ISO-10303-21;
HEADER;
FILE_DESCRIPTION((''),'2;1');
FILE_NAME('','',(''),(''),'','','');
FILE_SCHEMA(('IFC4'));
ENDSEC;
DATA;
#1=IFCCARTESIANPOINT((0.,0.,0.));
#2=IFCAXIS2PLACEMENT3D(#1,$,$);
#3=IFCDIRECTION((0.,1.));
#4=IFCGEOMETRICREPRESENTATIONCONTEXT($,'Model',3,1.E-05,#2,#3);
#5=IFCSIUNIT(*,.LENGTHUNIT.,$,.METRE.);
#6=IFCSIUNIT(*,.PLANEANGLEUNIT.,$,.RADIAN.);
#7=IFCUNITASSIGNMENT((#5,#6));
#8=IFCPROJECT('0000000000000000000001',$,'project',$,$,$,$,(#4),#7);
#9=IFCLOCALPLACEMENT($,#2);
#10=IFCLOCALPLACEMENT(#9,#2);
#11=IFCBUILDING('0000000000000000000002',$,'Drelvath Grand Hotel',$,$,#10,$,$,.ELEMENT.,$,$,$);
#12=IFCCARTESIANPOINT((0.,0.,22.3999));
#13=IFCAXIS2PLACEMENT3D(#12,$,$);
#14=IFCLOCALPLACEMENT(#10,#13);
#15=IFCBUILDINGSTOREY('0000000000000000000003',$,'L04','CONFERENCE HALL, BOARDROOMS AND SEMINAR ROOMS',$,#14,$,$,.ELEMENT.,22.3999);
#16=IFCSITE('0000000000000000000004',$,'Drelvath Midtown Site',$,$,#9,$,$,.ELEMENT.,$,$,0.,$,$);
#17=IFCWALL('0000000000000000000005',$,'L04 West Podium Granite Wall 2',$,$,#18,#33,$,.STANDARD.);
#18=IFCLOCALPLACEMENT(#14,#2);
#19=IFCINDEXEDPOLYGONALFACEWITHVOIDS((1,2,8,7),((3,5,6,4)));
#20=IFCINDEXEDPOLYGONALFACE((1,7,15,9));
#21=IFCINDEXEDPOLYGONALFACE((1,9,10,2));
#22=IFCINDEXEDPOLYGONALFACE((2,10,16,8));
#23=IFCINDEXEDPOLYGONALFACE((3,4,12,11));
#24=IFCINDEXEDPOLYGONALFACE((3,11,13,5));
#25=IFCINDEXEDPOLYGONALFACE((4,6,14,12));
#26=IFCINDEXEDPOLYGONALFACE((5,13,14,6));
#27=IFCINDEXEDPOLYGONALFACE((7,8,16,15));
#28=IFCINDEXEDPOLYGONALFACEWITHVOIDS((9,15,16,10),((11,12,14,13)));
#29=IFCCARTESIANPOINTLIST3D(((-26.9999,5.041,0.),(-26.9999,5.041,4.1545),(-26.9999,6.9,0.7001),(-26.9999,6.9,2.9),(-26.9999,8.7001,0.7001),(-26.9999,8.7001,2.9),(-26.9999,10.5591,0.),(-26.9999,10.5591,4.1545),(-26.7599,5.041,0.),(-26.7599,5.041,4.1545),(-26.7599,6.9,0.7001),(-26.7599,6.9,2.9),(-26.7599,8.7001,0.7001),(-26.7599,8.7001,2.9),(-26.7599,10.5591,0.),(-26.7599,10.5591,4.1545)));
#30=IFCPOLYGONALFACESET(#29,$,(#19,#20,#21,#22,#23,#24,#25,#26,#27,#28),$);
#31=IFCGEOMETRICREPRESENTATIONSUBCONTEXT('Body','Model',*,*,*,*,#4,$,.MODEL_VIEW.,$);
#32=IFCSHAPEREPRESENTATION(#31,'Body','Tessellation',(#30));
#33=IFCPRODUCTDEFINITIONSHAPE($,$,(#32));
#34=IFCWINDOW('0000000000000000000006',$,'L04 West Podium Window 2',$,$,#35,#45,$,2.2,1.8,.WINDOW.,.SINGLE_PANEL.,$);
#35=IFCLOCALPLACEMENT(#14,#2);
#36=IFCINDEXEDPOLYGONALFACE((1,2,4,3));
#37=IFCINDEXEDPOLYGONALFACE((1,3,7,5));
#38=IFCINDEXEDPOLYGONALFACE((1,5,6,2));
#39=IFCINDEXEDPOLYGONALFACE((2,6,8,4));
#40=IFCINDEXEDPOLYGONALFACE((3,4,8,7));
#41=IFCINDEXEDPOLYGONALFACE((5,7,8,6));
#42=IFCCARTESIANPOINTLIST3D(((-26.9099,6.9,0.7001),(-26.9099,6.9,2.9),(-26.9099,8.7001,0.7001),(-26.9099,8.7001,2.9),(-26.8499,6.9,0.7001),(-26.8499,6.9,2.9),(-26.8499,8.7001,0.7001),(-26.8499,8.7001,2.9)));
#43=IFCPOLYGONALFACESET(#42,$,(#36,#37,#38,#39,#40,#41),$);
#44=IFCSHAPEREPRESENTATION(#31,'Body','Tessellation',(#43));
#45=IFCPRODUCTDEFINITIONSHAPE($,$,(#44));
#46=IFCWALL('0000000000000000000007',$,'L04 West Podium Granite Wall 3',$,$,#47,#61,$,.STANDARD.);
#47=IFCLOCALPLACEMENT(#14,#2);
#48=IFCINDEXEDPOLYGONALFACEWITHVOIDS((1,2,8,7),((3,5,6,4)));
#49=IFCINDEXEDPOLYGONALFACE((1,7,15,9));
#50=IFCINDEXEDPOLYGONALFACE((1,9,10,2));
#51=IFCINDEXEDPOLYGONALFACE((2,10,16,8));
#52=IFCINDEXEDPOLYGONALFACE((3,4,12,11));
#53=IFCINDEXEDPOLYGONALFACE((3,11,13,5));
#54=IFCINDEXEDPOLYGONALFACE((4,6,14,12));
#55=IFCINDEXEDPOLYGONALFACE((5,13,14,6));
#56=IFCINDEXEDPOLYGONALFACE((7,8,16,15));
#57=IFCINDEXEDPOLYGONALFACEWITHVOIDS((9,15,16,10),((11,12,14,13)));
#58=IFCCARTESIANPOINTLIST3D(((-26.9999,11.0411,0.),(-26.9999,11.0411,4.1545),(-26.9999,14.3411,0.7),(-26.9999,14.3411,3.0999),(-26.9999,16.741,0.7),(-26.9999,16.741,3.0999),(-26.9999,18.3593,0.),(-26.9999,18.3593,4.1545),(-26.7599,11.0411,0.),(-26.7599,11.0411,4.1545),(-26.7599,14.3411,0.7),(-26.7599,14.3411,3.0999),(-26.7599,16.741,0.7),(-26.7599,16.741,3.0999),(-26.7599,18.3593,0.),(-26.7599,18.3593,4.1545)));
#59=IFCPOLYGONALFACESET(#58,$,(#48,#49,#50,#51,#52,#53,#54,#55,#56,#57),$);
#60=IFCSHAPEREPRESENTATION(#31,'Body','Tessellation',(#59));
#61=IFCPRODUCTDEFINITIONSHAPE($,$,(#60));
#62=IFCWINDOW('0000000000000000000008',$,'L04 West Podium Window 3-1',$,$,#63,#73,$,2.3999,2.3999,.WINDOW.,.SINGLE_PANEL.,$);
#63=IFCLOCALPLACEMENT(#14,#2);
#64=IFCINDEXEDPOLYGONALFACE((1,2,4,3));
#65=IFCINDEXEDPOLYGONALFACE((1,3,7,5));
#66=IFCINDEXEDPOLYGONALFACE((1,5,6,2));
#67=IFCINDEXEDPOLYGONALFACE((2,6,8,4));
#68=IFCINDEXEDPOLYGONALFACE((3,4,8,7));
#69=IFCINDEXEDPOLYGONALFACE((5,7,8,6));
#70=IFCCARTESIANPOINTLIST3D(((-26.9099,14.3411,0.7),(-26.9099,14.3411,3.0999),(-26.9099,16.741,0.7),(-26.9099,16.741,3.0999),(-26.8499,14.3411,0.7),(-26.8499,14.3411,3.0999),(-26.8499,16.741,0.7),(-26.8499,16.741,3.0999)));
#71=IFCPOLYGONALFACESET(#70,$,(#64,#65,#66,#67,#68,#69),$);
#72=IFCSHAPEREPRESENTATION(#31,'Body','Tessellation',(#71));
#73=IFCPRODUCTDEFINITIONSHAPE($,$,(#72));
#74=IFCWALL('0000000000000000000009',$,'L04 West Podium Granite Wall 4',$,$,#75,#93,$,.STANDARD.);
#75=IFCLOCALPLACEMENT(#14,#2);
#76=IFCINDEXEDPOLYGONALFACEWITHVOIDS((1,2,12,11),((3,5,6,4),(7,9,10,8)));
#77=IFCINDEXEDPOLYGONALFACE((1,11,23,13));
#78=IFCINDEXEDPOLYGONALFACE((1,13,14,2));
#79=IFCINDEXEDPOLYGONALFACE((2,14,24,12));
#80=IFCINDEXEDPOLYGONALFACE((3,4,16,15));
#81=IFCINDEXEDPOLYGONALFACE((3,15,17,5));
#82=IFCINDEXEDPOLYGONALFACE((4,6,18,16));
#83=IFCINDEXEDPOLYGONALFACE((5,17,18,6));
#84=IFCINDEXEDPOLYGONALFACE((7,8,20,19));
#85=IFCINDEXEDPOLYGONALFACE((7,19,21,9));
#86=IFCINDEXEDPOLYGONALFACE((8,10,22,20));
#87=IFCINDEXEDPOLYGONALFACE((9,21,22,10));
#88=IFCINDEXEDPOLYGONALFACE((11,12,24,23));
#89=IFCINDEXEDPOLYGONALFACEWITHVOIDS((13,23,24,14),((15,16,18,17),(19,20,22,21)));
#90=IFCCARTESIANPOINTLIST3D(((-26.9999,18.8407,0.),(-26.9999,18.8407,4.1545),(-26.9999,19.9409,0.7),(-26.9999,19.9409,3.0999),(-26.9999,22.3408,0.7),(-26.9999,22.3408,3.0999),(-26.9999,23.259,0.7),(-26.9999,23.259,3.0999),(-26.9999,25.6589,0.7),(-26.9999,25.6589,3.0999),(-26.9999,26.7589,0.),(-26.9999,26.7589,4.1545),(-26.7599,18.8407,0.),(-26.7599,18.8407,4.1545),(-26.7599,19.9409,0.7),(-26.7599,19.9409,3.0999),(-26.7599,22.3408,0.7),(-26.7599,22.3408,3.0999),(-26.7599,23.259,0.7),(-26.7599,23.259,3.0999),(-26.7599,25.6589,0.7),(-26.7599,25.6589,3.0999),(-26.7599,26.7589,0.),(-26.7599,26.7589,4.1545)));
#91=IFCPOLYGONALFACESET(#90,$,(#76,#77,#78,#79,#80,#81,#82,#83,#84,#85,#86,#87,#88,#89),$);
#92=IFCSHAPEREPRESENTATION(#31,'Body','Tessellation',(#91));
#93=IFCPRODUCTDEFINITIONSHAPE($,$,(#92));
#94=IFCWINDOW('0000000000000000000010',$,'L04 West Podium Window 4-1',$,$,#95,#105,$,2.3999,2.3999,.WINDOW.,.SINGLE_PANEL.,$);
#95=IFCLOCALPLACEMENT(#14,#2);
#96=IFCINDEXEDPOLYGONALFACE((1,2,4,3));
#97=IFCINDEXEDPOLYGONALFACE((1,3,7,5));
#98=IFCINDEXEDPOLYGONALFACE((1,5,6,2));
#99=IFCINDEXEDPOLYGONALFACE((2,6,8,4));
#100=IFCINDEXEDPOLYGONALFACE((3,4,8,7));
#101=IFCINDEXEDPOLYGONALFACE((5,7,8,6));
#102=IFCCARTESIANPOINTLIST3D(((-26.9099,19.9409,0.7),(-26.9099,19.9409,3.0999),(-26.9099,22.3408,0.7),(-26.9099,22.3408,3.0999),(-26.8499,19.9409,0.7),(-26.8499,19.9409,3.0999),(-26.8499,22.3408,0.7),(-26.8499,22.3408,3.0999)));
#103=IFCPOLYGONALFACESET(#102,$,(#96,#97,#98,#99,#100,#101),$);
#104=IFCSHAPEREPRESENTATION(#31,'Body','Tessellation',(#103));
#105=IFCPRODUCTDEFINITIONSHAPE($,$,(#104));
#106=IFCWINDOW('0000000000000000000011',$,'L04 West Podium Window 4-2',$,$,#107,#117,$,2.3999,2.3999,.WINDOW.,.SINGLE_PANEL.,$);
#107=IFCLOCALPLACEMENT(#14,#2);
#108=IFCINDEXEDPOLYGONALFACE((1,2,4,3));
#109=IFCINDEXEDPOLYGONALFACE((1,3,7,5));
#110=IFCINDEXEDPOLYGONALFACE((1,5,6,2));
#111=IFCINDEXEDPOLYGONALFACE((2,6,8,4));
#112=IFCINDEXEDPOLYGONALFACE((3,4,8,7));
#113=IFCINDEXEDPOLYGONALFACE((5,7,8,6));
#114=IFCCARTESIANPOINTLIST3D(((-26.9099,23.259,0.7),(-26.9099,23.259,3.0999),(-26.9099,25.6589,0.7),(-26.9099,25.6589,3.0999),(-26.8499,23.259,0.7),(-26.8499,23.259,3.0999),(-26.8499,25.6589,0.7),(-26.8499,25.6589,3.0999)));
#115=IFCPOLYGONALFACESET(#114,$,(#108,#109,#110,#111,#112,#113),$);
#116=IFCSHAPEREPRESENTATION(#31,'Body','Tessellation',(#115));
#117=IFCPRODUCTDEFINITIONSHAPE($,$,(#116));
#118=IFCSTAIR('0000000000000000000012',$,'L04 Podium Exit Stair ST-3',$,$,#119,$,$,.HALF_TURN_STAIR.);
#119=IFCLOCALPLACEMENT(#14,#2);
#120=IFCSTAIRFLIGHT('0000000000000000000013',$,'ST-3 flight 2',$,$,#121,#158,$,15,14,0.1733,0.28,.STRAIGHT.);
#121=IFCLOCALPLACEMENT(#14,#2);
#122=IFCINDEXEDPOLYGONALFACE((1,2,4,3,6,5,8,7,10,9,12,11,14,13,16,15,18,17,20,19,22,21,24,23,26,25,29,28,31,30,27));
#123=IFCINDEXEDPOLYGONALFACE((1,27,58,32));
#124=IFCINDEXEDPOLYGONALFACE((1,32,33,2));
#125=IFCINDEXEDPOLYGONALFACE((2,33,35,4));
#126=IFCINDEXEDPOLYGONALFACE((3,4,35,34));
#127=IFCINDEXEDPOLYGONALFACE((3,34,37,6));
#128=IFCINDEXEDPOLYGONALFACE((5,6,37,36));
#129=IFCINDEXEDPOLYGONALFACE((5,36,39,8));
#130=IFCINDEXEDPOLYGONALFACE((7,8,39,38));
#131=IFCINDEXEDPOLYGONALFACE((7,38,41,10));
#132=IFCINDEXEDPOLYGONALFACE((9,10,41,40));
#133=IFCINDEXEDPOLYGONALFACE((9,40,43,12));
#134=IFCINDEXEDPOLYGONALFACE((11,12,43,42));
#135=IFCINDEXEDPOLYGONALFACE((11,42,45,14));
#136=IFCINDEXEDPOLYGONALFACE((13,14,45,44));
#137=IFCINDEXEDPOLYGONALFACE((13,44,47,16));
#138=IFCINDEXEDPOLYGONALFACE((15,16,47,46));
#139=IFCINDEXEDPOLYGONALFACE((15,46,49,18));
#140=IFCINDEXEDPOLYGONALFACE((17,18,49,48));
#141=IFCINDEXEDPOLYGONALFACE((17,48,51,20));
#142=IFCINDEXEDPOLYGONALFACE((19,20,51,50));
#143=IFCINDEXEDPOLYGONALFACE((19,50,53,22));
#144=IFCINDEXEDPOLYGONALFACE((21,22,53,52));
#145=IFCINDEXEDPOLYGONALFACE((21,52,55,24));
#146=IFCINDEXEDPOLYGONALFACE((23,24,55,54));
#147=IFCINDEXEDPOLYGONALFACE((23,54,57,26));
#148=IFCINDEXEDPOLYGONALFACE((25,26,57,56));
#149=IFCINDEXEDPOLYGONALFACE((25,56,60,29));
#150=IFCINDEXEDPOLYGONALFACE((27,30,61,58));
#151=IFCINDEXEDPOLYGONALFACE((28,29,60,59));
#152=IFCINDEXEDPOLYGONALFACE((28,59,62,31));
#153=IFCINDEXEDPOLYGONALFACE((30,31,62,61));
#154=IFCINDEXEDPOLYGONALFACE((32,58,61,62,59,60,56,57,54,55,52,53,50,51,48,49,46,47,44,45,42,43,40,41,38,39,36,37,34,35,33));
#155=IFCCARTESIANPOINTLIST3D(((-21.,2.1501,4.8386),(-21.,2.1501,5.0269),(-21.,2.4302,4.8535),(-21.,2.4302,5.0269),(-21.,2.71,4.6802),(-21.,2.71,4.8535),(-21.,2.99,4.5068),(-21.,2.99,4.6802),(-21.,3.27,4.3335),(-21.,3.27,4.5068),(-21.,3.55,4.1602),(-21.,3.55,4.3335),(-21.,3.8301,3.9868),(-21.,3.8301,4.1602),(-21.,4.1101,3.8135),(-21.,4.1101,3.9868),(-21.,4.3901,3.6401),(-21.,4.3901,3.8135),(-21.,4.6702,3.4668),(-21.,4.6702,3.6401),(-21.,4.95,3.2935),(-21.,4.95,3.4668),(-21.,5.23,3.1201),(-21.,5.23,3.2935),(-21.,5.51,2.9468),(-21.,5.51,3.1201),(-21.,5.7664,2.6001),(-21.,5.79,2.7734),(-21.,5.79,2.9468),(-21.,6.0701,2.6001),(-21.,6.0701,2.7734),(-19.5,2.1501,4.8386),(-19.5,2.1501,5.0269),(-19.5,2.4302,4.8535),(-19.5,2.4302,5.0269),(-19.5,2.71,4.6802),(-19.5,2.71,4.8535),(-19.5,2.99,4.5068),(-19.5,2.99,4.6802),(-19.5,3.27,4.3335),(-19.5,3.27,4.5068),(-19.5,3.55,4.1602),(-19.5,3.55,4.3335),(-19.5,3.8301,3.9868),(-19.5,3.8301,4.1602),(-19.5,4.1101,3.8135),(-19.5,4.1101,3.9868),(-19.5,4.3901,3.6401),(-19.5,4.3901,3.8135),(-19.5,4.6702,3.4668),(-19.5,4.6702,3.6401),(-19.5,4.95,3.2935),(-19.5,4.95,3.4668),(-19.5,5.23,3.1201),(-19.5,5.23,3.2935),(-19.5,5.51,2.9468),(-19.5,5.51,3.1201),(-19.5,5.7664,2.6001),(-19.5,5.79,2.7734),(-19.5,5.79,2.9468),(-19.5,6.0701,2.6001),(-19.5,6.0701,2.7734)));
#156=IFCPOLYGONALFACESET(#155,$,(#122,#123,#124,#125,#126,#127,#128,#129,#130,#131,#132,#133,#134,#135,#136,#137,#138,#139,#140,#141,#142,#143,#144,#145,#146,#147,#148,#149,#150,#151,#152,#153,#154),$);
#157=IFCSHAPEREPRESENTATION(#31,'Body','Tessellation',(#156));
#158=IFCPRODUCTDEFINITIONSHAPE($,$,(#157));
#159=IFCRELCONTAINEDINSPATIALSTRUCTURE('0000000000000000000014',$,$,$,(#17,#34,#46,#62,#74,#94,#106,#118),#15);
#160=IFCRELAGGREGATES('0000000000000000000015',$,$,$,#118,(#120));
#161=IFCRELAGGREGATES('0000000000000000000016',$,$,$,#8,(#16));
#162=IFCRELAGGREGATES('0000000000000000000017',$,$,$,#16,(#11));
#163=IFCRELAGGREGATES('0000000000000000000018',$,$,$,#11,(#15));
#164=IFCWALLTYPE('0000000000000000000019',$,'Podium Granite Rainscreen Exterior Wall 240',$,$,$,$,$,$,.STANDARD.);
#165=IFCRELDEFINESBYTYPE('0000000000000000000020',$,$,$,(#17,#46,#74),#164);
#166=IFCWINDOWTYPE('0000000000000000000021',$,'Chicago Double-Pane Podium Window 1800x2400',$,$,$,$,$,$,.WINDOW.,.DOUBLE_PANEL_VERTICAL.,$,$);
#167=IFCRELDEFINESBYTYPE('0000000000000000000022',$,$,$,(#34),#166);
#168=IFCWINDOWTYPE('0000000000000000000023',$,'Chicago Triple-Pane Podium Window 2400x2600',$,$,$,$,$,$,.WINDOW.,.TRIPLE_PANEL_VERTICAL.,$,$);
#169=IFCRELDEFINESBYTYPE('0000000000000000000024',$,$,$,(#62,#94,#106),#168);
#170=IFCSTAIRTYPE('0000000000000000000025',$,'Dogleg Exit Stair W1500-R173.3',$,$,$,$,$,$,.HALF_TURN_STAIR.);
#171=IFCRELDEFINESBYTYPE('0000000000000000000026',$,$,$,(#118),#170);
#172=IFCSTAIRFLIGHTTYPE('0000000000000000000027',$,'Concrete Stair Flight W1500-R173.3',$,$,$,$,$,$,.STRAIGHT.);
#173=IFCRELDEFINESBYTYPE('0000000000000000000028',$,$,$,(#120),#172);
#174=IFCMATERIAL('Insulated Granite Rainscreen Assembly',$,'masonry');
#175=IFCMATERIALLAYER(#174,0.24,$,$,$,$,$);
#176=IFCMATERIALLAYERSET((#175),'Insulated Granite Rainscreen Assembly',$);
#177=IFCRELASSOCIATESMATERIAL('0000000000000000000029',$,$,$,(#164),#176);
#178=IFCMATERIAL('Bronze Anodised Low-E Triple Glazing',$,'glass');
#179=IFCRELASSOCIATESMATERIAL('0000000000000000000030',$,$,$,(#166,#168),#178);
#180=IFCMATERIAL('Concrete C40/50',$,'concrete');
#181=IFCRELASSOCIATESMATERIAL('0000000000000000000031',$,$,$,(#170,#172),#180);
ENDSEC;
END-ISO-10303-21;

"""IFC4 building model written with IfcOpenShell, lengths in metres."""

from ifc_helpers import new_model, si_unit, direction, frame, frame_2d, origin, place, context, subcontext, project, spatial, polyline, rectangle, outline, extrude, material, layer, layer_set, type_object, element, fill, aggregate, save


model = new_model("IFC4")

# Units and contexts
model_context = context("Model", 3, precision=1e-05, world=origin(), true_north=direction((0.0, 1.0)))
body_context = subcontext(model_context, "Body", "Model", "MODEL_VIEW")
ifc_project = project(units=[si_unit("LENGTHUNIT", "METRE"), si_unit("PLANEANGLEUNIT", "RADIAN")], contexts=[model_context])

# Site, building, storey
site_placement = place(None, origin())
site = spatial("IfcSite", under=ifc_project, at=site_placement, Name="Drelvath Midtown Site", CompositionType="ELEMENT", RefElevation=0.0)
building_placement = place(site_placement, origin())
building = spatial("IfcBuilding", under=site, at=building_placement, Name="Drelvath Grand Hotel", CompositionType="ELEMENT")
storey_placement = place(building_placement, frame((0.0, 0.0, 22.3999)))
storey = spatial("IfcBuildingStorey", under=building, at=storey_placement, Name="L04", Description="CONFERENCE HALL, BOARDROOMS AND SEMINAR ROOMS", CompositionType="ELEMENT", Elevation=22.3999)

# Shared definitions
ifc_material_1 = material(Name="Concrete C40/50", Category="concrete")

# Walls, openings, windows
ifc_material_2 = material(Name="Insulated Granite Rainscreen Assembly", Category="masonry")
ifc_layer_1 = layer(ifc_material_2, 0.24)
ifc_layer_set_1 = layer_set([ifc_layer_1], Name="Insulated Granite Rainscreen Assembly")
wall_type_1 = type_object("IfcWallType", Name="Podium Granite Rainscreen Exterior Wall 240", PredefinedType="STANDARD", material=ifc_layer_set_1)
wall_1_placement = place(storey_placement, frame((-26.8799, 5.041, 0.0), z_axis=(0.0, 0.0, 1.0), x_axis=(0.0, 1.0, 0.0)))
wall_1 = element("IfcWall", 1, at=wall_1_placement, inside=storey, type_object=wall_type_1, Name="L04 West Podium Granite Wall 2", PredefinedType="STANDARD", context=body_context, shape_type="SweptSolid", body=[
    extrude(rectangle(XDim=5.5181, YDim=0.24, at=frame_2d((2.759, 0.0))), origin(), (0.0, 0.0, 1.0), 4.1545),
])
opening_1_placement = place(wall_1_placement, frame((1.8591, 0.0, 0.7)))
opening_1 = element("IfcOpeningElement", 2, at=opening_1_placement, cuts=wall_1, PredefinedType="OPENING", context=body_context, shape_type="SweptSolid", body=[
    extrude(rectangle(XDim=1.8, YDim=2.2, at=frame_2d((0.8999, 1.1001))), frame((0.0, 0.1299, 0.0), z_axis=(0.0, -1.0, 0.0), x_axis=(1.0, 0.0, 0.0)), (0.0, 0.0, 1.0), 0.26),
])
ifc_material_3 = material(Name="Bronze Anodised Low-E Triple Glazing", Category="glass")
window_type_1 = type_object("IfcWindowType", Name="Chicago Double-Pane Podium Window 1800x2400", PartitioningType="DOUBLE_PANEL_VERTICAL", PredefinedType="WINDOW", material=ifc_material_3)
window_1_placement = place(opening_1_placement, origin())
window_1 = element("IfcWindow", 3, at=window_1_placement, inside=storey, type_object=window_type_1, Name="L04 West Podium Window 2", OverallHeight=2.2, OverallWidth=1.8, PartitioningType="SINGLE_PANEL", PredefinedType="WINDOW", context=body_context, shape_type="SweptSolid", body=[
    extrude(rectangle(XDim=1.8, YDim=2.2, at=frame_2d((0.8999, 1.1001))), frame((0.0, 0.03, 0.0), z_axis=(0.0, -1.0, 0.0), x_axis=(1.0, 0.0, 0.0)), (0.0, 0.0, 1.0), 0.0601),
])
fill(opening_1, window_1)
wall_2_placement = place(storey_placement, frame((-26.8799, 11.041, 0.0), z_axis=(0.0, 0.0, 1.0), x_axis=(0.0, 1.0, 0.0)))
wall_2 = element("IfcWall", 4, at=wall_2_placement, inside=storey, type_object=wall_type_1, Name="L04 West Podium Granite Wall 3", PredefinedType="STANDARD", context=body_context, shape_type="SweptSolid", body=[
    extrude(rectangle(XDim=7.3181, YDim=0.24, at=frame_2d((3.6592, 0.0))), origin(), (0.0, 0.0, 1.0), 4.1545),
])
opening_2_placement = place(wall_2_placement, frame((3.3, 0.0, 0.7)))
opening_2 = element("IfcOpeningElement", 5, at=opening_2_placement, cuts=wall_2, PredefinedType="OPENING", context=body_context, shape_type="SweptSolid", body=[
    extrude(rectangle(XDim=2.3999, YDim=2.3999, at=frame_2d((1.2, 1.2))), frame((0.0, 0.1299, 0.0), z_axis=(0.0, -1.0, 0.0), x_axis=(1.0, 0.0, 0.0)), (0.0, 0.0, 1.0), 0.26),
])
window_type_2 = type_object("IfcWindowType", Name="Chicago Triple-Pane Podium Window 2400x2600", PartitioningType="TRIPLE_PANEL_VERTICAL", PredefinedType="WINDOW", material=ifc_material_3)
window_2_placement = place(opening_2_placement, origin())
window_2 = element("IfcWindow", 6, at=window_2_placement, inside=storey, type_object=window_type_2, Name="L04 West Podium Window 3-1", OverallHeight=2.3999, OverallWidth=2.3999, PartitioningType="SINGLE_PANEL", PredefinedType="WINDOW", context=body_context, shape_type="SweptSolid", body=[
    extrude(rectangle(XDim=2.3999, YDim=2.3999, at=frame_2d((1.2, 1.2))), frame((0.0, 0.03, 0.0), z_axis=(0.0, -1.0, 0.0), x_axis=(1.0, 0.0, 0.0)), (0.0, 0.0, 1.0), 0.0601),
])
fill(opening_2, window_2)

# Wall, openings, windows
wall_3_placement = place(storey_placement, frame((-26.8799, 18.8408, 0.0), z_axis=(0.0, 0.0, 1.0), x_axis=(0.0, 1.0, 0.0)))
wall_3 = element("IfcWall", 7, at=wall_3_placement, inside=storey, type_object=wall_type_1, Name="L04 West Podium Granite Wall 4", PredefinedType="STANDARD", context=body_context, shape_type="SweptSolid", body=[
    extrude(rectangle(XDim=7.9182, YDim=0.24, at=frame_2d((3.959, 0.0))), origin(), (0.0, 0.0, 1.0), 4.1545),
])
opening_3_placement = place(wall_3_placement, frame((1.1001, 0.0, 0.7)))
opening_3 = element("IfcOpeningElement", 8, at=opening_3_placement, cuts=wall_3, PredefinedType="OPENING", context=body_context, shape_type="SweptSolid", body=[
    extrude(rectangle(XDim=2.3999, YDim=2.3999, at=frame_2d((1.2, 1.2))), frame((0.0, 0.1299, 0.0), z_axis=(0.0, -1.0, 0.0), x_axis=(1.0, 0.0, 0.0)), (0.0, 0.0, 1.0), 0.26),
])
opening_4_placement = place(wall_3_placement, frame((4.4182, 0.0, 0.7)))
opening_4 = element("IfcOpeningElement", 9, at=opening_4_placement, cuts=wall_3, PredefinedType="OPENING", context=body_context, shape_type="SweptSolid", body=[
    extrude(rectangle(XDim=2.3999, YDim=2.3999, at=frame_2d((1.2, 1.2))), frame((0.0, 0.1299, 0.0), z_axis=(0.0, -1.0, 0.0), x_axis=(1.0, 0.0, 0.0)), (0.0, 0.0, 1.0), 0.26),
])
window_3_placement = place(opening_3_placement, origin())
window_3 = element("IfcWindow", 10, at=window_3_placement, inside=storey, type_object=window_type_2, Name="L04 West Podium Window 4-1", OverallHeight=2.3999, OverallWidth=2.3999, PartitioningType="SINGLE_PANEL", PredefinedType="WINDOW", context=body_context, shape_type="SweptSolid", body=[
    extrude(rectangle(XDim=2.3999, YDim=2.3999, at=frame_2d((1.2, 1.2))), frame((0.0, 0.03, 0.0), z_axis=(0.0, -1.0, 0.0), x_axis=(1.0, 0.0, 0.0)), (0.0, 0.0, 1.0), 0.0601),
])
fill(opening_3, window_3)
window_4_placement = place(opening_4_placement, origin())
window_4 = element("IfcWindow", 11, at=window_4_placement, inside=storey, type_object=window_type_2, Name="L04 West Podium Window 4-2", OverallHeight=2.3999, OverallWidth=2.3999, PartitioningType="SINGLE_PANEL", PredefinedType="WINDOW", context=body_context, shape_type="SweptSolid", body=[
    extrude(rectangle(XDim=2.3999, YDim=2.3999, at=frame_2d((1.2, 1.2))), frame((0.0, 0.03, 0.0), z_axis=(0.0, -1.0, 0.0), x_axis=(1.0, 0.0, 0.0)), (0.0, 0.0, 1.0), 0.0601),
])
fill(opening_4, window_4)

# Stair, stair flight
stair_type = type_object("IfcStairType", Name="Dogleg Exit Stair W1500-R173.3", PredefinedType="HALF_TURN_STAIR", material=ifc_material_1)
stair_placement = place(storey_placement, origin())
stair = element("IfcStair", 12, at=stair_placement, inside=storey, type_object=stair_type, Name="L04 Podium Exit Stair ST-3", PredefinedType="HALF_TURN_STAIR")
stair_flight_type = type_object("IfcStairFlightType", Name="Concrete Stair Flight W1500-R173.3", PredefinedType="STRAIGHT", material=ifc_material_1)
stair_flight_placement = place(storey_placement, frame((-20.25, 6.0701, 2.6001), z_axis=(0.0, 0.0, 1.0), x_axis=(0.0, -1.0, 0.0)))
stair_flight = element("IfcStairFlight", 13, at=stair_flight_placement, type_object=stair_flight_type, Name="ST-3 flight 2", NumberOfRisers=15, NumberOfTreads=14, PredefinedType="STRAIGHT", RiserHeight=0.1733, TreadLength=0.28, context=body_context, shape_type="SweptSolid", body=[
    extrude(outline(polyline([(0.0, 0.0), (0.0, 0.1733), (0.28, 0.1733), (0.28, 0.3467), (0.5601, 0.3467), (0.5601, 0.52), (0.8401, 0.52), (0.8401, 0.6934), (1.1201, 0.6934), (1.1201, 0.8667), (1.3999, 0.8667), (1.3999, 1.04), (1.6799, 1.04), (1.6799, 1.2134), (1.96, 1.2134), (1.96, 1.3867), (2.24, 1.3867), (2.24, 1.5601), (2.52, 1.5601), (2.52, 1.7334), (2.8, 1.7334), (2.8, 1.9067), (3.0801, 1.9067), (3.0801, 2.0801), (3.3601, 2.0801), (3.3601, 2.2534), (3.6399, 2.2534), (3.6399, 2.4268), (3.9199, 2.4268), (3.9199, 2.6001), (3.9199, 2.2385), (0.3037, 0.0), (0.0, 0.0)])), frame((0.0, 0.75, 0.0), z_axis=(0.0, -1.0, 0.0), x_axis=(1.0, 0.0, 0.0)), (0.0, 0.0, 1.0), 1.5),
])
aggregate(stair, [stair_flight])

save(model, "model.ifc")
